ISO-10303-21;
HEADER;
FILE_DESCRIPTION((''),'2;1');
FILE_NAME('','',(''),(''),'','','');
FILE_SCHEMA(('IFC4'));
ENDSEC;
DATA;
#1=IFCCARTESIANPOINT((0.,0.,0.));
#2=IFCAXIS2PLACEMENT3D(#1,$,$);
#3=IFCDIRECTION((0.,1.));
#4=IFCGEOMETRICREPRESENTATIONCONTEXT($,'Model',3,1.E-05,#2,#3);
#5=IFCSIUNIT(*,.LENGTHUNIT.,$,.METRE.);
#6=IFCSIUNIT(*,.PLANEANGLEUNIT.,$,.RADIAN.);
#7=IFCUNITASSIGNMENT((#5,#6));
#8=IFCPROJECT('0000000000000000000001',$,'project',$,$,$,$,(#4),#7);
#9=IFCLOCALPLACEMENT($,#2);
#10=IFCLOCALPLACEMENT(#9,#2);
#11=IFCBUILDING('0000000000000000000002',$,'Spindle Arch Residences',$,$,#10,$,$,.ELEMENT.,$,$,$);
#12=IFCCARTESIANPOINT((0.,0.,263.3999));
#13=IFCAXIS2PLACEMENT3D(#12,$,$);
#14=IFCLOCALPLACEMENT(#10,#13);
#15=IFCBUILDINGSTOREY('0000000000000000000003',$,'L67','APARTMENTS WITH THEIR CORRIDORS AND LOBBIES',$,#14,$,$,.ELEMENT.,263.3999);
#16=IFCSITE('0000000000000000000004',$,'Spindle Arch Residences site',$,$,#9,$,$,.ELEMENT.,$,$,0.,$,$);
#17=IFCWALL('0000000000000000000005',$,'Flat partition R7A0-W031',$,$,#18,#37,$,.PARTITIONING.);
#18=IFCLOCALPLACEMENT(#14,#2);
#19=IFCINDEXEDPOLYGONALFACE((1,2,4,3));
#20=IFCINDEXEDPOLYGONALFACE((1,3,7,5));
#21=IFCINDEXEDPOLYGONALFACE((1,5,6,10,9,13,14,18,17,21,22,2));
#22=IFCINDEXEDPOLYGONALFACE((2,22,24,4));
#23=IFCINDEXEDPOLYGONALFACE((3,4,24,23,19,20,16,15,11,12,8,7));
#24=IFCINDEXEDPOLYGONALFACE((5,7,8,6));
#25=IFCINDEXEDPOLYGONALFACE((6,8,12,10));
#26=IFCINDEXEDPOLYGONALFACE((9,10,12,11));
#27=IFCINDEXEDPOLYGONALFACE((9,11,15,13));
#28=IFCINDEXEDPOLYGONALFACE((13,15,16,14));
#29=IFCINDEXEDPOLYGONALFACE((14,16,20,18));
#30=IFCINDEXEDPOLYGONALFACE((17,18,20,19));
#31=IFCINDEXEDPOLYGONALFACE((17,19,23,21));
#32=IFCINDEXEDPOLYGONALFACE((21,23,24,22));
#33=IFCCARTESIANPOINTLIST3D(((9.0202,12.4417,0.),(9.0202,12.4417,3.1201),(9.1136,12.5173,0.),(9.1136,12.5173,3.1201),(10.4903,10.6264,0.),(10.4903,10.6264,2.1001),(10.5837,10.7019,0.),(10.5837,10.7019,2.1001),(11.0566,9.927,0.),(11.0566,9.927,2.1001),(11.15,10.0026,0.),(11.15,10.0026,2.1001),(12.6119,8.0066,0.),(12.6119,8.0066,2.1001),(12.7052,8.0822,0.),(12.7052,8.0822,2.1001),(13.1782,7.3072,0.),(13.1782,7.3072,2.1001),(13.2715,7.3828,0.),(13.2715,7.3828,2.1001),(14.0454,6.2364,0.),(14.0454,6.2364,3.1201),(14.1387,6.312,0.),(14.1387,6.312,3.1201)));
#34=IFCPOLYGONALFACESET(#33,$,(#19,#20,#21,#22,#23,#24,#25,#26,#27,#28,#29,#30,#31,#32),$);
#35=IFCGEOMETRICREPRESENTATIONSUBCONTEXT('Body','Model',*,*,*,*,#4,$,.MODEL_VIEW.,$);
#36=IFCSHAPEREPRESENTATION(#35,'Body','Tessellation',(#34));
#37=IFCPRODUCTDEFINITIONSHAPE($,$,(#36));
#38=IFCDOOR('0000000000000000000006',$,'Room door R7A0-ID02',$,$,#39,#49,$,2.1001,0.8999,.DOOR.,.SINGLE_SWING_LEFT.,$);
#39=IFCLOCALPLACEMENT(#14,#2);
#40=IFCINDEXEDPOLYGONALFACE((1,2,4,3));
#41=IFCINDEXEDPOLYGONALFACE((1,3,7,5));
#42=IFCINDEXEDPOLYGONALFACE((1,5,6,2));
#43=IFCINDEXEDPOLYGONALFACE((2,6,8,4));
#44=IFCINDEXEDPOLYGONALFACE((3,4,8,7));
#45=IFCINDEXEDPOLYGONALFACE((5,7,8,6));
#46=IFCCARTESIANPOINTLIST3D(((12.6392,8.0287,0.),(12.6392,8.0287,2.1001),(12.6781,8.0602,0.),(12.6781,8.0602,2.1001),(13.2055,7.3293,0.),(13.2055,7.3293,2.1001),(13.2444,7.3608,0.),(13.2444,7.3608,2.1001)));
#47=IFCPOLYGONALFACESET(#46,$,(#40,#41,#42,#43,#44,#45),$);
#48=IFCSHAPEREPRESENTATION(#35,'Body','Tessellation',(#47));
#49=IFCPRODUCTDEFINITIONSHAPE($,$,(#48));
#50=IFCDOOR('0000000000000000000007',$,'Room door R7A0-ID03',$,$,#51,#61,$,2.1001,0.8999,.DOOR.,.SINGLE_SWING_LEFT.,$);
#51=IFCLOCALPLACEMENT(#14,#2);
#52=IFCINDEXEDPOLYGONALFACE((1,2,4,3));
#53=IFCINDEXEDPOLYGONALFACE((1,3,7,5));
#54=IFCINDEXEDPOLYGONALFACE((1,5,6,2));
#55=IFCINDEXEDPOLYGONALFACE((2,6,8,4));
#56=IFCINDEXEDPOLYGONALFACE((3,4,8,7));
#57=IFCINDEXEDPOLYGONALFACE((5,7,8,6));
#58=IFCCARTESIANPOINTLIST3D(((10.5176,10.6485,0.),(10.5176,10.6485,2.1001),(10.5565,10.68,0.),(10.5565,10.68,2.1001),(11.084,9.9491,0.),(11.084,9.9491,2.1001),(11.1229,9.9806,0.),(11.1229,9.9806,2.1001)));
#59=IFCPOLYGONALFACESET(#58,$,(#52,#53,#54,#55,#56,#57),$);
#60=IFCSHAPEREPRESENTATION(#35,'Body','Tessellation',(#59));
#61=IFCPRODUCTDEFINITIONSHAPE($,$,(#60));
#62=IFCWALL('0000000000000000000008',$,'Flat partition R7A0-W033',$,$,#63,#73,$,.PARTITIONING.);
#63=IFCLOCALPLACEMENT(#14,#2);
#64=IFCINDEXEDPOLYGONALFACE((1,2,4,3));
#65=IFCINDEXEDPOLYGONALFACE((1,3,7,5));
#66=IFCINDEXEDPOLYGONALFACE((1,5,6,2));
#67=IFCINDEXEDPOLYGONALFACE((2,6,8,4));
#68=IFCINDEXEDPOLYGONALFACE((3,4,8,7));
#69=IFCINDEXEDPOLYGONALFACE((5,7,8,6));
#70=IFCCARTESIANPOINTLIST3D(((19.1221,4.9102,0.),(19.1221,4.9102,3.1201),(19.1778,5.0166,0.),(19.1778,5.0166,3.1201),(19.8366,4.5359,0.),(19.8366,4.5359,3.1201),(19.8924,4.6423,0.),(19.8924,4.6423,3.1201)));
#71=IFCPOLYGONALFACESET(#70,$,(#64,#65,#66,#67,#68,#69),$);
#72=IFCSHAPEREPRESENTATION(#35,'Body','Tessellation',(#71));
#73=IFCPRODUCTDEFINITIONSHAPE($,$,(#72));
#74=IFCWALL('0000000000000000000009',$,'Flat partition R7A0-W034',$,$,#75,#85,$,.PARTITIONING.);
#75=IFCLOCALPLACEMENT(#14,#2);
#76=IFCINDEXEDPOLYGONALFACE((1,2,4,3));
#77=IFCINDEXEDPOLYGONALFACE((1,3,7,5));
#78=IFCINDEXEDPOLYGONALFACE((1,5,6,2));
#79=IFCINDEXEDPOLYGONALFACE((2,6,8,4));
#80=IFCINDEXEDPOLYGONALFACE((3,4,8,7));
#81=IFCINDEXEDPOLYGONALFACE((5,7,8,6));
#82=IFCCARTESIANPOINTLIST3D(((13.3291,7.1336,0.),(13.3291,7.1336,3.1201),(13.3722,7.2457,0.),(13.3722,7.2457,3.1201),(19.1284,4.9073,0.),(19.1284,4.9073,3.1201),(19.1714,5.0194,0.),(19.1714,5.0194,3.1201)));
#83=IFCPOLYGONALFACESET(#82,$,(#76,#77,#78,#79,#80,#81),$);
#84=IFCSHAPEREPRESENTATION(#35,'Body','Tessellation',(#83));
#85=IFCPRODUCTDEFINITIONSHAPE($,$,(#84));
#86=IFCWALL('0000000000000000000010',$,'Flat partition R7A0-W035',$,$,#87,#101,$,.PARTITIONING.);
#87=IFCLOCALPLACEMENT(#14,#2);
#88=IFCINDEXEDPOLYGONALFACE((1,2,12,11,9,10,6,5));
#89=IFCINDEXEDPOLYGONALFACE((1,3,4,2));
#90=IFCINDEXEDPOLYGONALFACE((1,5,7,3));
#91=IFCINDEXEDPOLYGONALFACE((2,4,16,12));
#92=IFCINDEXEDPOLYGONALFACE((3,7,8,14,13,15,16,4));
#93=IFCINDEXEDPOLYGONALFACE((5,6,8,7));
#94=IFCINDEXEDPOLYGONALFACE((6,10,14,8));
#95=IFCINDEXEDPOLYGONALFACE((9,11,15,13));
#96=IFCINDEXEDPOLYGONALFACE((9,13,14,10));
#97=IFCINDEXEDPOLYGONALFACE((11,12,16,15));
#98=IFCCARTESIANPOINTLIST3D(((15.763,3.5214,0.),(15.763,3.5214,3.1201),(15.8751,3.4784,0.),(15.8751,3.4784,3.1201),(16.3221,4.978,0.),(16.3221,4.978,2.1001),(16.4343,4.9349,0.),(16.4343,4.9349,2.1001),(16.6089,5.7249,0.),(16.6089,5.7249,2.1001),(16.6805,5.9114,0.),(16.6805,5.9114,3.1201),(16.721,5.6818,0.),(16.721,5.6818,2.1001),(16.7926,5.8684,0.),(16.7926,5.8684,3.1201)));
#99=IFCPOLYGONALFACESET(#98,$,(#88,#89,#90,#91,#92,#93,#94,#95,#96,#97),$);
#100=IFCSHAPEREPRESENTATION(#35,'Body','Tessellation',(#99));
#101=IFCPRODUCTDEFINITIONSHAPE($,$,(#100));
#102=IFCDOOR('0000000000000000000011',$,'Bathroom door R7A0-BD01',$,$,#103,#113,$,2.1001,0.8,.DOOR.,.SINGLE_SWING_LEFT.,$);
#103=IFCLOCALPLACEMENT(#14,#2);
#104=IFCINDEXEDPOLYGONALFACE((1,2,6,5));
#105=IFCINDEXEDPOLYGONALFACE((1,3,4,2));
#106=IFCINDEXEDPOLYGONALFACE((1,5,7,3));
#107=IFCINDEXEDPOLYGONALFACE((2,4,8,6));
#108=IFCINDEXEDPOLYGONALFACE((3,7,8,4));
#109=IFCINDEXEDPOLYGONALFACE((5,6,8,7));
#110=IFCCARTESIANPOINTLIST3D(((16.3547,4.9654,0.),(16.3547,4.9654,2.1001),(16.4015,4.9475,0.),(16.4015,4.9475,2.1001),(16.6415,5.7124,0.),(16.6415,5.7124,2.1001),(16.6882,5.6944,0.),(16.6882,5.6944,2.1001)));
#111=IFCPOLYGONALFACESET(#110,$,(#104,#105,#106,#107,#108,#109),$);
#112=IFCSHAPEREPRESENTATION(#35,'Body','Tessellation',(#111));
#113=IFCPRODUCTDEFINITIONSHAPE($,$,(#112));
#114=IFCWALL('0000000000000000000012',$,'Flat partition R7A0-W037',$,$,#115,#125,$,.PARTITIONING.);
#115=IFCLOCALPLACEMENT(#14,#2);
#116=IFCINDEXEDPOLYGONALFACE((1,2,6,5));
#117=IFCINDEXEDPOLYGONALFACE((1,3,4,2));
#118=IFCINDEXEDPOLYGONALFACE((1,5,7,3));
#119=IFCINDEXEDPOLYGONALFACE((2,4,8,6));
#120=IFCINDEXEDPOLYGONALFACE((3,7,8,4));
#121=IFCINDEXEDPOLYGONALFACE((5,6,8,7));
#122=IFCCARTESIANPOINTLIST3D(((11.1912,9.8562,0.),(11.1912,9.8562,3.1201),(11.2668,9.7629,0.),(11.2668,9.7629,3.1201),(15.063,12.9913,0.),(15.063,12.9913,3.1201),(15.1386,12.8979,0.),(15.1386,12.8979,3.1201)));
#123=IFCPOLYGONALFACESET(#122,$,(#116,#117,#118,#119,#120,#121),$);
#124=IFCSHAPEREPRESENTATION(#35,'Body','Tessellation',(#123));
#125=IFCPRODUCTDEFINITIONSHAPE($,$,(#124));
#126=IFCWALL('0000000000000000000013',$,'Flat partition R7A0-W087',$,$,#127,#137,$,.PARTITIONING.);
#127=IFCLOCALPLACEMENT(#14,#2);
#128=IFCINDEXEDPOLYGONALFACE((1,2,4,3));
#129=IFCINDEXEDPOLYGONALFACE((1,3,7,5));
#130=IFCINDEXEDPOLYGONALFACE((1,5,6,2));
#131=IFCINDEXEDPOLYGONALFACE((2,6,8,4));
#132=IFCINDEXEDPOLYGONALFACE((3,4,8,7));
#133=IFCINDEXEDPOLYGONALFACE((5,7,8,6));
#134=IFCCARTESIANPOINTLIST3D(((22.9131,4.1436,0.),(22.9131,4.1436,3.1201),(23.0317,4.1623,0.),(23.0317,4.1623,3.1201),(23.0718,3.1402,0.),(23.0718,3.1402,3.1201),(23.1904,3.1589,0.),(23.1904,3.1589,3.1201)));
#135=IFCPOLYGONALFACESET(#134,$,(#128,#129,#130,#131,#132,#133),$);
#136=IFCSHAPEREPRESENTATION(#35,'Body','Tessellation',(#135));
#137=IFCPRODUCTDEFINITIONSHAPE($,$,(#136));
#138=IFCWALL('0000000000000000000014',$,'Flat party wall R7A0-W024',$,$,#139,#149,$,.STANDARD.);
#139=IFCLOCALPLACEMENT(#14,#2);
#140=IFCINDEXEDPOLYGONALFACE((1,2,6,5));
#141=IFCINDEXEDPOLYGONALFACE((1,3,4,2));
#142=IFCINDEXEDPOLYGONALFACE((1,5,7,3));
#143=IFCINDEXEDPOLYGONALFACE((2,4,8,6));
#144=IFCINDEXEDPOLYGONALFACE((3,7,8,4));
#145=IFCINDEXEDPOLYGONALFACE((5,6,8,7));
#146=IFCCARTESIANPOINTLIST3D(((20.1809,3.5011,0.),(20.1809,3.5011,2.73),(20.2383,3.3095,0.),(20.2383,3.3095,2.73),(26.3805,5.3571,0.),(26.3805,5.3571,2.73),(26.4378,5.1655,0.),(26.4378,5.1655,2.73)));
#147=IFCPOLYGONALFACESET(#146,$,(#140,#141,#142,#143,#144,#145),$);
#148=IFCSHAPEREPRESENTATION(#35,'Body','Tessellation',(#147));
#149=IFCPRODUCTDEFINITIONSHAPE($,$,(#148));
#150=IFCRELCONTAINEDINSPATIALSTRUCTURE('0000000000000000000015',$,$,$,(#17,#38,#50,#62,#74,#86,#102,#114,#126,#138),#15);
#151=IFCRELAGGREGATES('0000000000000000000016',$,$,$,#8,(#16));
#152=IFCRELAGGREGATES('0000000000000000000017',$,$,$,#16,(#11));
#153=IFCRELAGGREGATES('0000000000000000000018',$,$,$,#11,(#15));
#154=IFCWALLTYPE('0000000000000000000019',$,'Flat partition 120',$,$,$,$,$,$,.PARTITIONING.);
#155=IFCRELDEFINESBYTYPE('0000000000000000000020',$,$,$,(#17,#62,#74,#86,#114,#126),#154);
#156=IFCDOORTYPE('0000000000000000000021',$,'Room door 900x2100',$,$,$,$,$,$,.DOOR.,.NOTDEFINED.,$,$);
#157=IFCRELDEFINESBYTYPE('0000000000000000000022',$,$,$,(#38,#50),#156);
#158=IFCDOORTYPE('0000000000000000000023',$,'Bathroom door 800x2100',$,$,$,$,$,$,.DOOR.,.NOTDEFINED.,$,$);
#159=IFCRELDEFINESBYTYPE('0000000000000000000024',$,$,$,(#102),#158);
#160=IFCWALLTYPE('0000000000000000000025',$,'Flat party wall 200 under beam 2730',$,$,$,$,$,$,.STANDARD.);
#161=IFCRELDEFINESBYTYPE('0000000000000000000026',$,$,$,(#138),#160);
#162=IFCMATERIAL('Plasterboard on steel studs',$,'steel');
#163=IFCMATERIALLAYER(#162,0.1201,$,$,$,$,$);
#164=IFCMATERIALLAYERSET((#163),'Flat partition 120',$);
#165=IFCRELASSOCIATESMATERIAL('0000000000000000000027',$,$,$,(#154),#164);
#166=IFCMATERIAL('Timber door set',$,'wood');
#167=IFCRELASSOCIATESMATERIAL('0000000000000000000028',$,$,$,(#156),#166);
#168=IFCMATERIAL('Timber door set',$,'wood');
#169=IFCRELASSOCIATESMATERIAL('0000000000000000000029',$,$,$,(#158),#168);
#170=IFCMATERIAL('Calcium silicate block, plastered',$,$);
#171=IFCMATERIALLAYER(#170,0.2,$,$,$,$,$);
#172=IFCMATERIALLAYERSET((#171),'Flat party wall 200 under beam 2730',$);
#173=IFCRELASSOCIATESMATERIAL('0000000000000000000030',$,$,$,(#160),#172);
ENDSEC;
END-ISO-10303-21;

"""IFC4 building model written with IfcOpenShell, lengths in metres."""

from ifc_helpers import new_model, si_unit, direction, frame, frame_2d, origin, place, context, subcontext, project, spatial, rectangle, extrude, material, layer, layer_set, type_object, element, fill, save


model = new_model("IFC4")

# Units and contexts
model_context = context("Model", 3, precision=1e-05, world=origin(), true_north=direction((0.0, 1.0)))
body_context = subcontext(model_context, "Body", "Model", "MODEL_VIEW")
ifc_project = project(units=[si_unit("LENGTHUNIT", "METRE"), si_unit("PLANEANGLEUNIT", "RADIAN")], contexts=[model_context])

# Site, building, storey
site_placement = place(None, origin())
site = spatial("IfcSite", under=ifc_project, at=site_placement, Name="Spindle Arch Residences site", CompositionType="ELEMENT", RefElevation=0.0)
building_placement = place(site_placement, origin())
building = spatial("IfcBuilding", under=site, at=building_placement, Name="Spindle Arch Residences", CompositionType="ELEMENT")
storey_placement = place(building_placement, frame((0.0, 0.0, 263.3999)))
storey = spatial("IfcBuildingStorey", under=building, at=storey_placement, Name="L67", Description="APARTMENTS WITH THEIR CORRIDORS AND LOBBIES", CompositionType="ELEMENT", Elevation=263.3999)

# Shared definitions
ifc_material_1 = material(Name="Plasterboard on steel studs", Category="steel")
ifc_layer_1 = layer(ifc_material_1, 0.1201)
ifc_layer_set_1 = layer_set([ifc_layer_1], Name="Flat partition 120")
wall_type_1 = type_object("IfcWallType", Name="Flat partition 120", PredefinedType="PARTITIONING", material=ifc_layer_set_1)
ifc_material_2 = material(Name="Timber door set", Category="wood")
door_type_1 = type_object("IfcDoorType", Name="Room door 900x2100", OperationType="NOTDEFINED", PredefinedType="DOOR", material=ifc_material_2)

# Wall, openings, doors
wall_1_placement = place(storey_placement, frame((14.092, 6.2742, 0.0), z_axis=(0.0, 0.0, 1.0), x_axis=(-0.629334, 0.777135, 0.0)))
wall_1 = element("IfcWall", 1, at=wall_1_placement, inside=storey, type_object=wall_type_1, Name="Flat partition R7A0-W031", PredefinedType="PARTITIONING", context=body_context, shape_type="SweptSolid", body=[
    extrude(rectangle(XDim=7.9849, YDim=0.1201, at=frame_2d((3.9924, 0.0))), origin(), (0.0, 0.0, 1.0), 3.1201),
])
opening_1_placement = place(wall_1_placement, frame((1.3779, 0.0, 0.0)))
opening_1 = element("IfcOpeningElement", 2, at=opening_1_placement, cuts=wall_1, PredefinedType="OPENING", context=body_context, shape_type="SweptSolid", body=[
    extrude(rectangle(XDim=0.8999, YDim=2.1001, at=frame_2d((0.45, 1.05))), frame((0.0, 0.0701, 0.0), z_axis=(0.0, -1.0, 0.0), x_axis=(1.0, 0.0, 0.0)), (0.0, 0.0, 1.0), 0.1401),
])
opening_2_placement = place(wall_1_placement, frame((4.749, 0.0, 0.0)))
opening_2 = element("IfcOpeningElement", 3, at=opening_2_placement, cuts=wall_1, PredefinedType="OPENING", context=body_context, shape_type="SweptSolid", body=[
    extrude(rectangle(XDim=0.8999, YDim=2.1001, at=frame_2d((0.45, 1.05))), frame((0.0, 0.0701, 0.0), z_axis=(0.0, -1.0, 0.0), x_axis=(1.0, 0.0, 0.0)), (0.0, 0.0, 1.0), 0.1401),
])
door_1_placement = place(opening_1_placement, origin())
door_1 = element("IfcDoor", 4, at=door_1_placement, inside=storey, type_object=door_type_1, Name="Room door R7A0-ID02", OperationType="SINGLE_SWING_LEFT", OverallHeight=2.1001, OverallWidth=0.8999, PredefinedType="DOOR", context=body_context, shape_type="SweptSolid", body=[
    extrude(rectangle(XDim=0.8999, YDim=2.1001, at=frame_2d((0.45, 1.05))), frame((0.0, 0.0249, 0.0), z_axis=(0.0, -1.0, 0.0), x_axis=(1.0, 0.0, 0.0)), (0.0, 0.0, 1.0), 0.05),
])
fill(opening_1, door_1)
door_2_placement = place(opening_2_placement, origin())
door_2 = element("IfcDoor", 5, at=door_2_placement, inside=storey, type_object=door_type_1, Name="Room door R7A0-ID03", OperationType="SINGLE_SWING_LEFT", OverallHeight=2.1001, OverallWidth=0.8999, PredefinedType="DOOR", context=body_context, shape_type="SweptSolid", body=[
    extrude(rectangle(XDim=0.8999, YDim=2.1001, at=frame_2d((0.45, 1.05))), frame((0.0, 0.0249, 0.0), z_axis=(0.0, -1.0, 0.0), x_axis=(1.0, 0.0, 0.0)), (0.0, 0.0, 1.0), 0.05),
])
fill(opening_2, door_2)

# Walls
wall_2_placement = place(storey_placement, frame((19.8645, 4.5891, 0.0), z_axis=(0.0, 0.0, 1.0), x_axis=(-0.885855, 0.463962, 0.0)))
element("IfcWall", 6, at=wall_2_placement, inside=storey, type_object=wall_type_1, Name="Flat partition R7A0-W033", PredefinedType="PARTITIONING", context=body_context, shape_type="SweptSolid", body=[
    extrude(rectangle(XDim=0.8066, YDim=0.1201, at=frame_2d((0.4033, 0.0))), origin(), (0.0, 0.0, 1.0), 3.1201),
])
wall_3_placement = place(storey_placement, frame((19.1499, 4.9634, 0.0), z_axis=(0.0, 0.0, 1.0), x_axis=(-0.933571, 0.358392, 0.0)))
element("IfcWall", 7, at=wall_3_placement, inside=storey, type_object=wall_type_1, Name="Flat partition R7A0-W034", PredefinedType="PARTITIONING", context=body_context, shape_type="SweptSolid", body=[
    extrude(rectangle(XDim=6.2119, YDim=0.1201, at=frame_2d((3.106, 0.0))), origin(), (0.0, 0.0, 1.0), 3.1201),
])

# Wall, opening, door
wall_4_placement = place(storey_placement, frame((16.7366, 5.8899, 0.0), z_axis=(0.0, 0.0, 1.0), x_axis=(-0.358397, -0.933569, 0.0)))
wall_4 = element("IfcWall", 8, at=wall_4_placement, inside=storey, type_object=wall_type_1, Name="Flat partition R7A0-W035", PredefinedType="PARTITIONING", context=body_context, shape_type="SweptSolid", body=[
    extrude(rectangle(XDim=2.5601, YDim=0.1201, at=frame_2d((1.28, 0.0))), origin(), (0.0, 0.0, 1.0), 3.1201),
])
opening_3_placement = place(wall_4_placement, frame((0.2, 0.0, 0.0)))
opening_3 = element("IfcOpeningElement", 9, at=opening_3_placement, cuts=wall_4, PredefinedType="OPENING", context=body_context, shape_type="SweptSolid", body=[
    extrude(rectangle(XDim=0.8, YDim=2.1001, at=frame_2d((0.3999, 1.05))), frame((0.0, 0.0701, 0.0), z_axis=(0.0, -1.0, 0.0), x_axis=(1.0, 0.0, 0.0)), (0.0, 0.0, 1.0), 0.1401),
])
ifc_material_3 = material(Name="Timber door set", Category="wood")
door_type_2 = type_object("IfcDoorType", Name="Bathroom door 800x2100", OperationType="NOTDEFINED", PredefinedType="DOOR", material=ifc_material_3)
door_3_placement = place(opening_3_placement, origin())
door_3 = element("IfcDoor", 10, at=door_3_placement, inside=storey, type_object=door_type_2, Name="Bathroom door R7A0-BD01", OperationType="SINGLE_SWING_LEFT", OverallHeight=2.1001, OverallWidth=0.8, PredefinedType="DOOR", context=body_context, shape_type="SweptSolid", body=[
    extrude(rectangle(XDim=0.8, YDim=2.1001, at=frame_2d((0.3999, 1.05))), frame((0.0, 0.0249, 0.0), z_axis=(0.0, -1.0, 0.0), x_axis=(1.0, 0.0, 0.0)), (0.0, 0.0, 1.0), 0.05),
])
fill(opening_3, door_3)

# Walls
wall_5_placement = place(storey_placement, frame((15.1008, 12.9446, 0.0), z_axis=(0.0, 0.0, 1.0), x_axis=(-0.777179, -0.62928, 0.0)))
element("IfcWall", 11, at=wall_5_placement, inside=storey, type_object=wall_type_1, Name="Flat partition R7A0-W037", PredefinedType="PARTITIONING", context=body_context, shape_type="SweptSolid", body=[
    extrude(rectangle(XDim=4.9819, YDim=0.1201, at=frame_2d((2.491, 0.0))), origin(), (0.0, 0.0, 1.0), 3.1201),
])
wall_6_placement = place(storey_placement, frame((22.9724, 4.1528, 0.0), z_axis=(0.0, 0.0, 1.0), x_axis=(0.156209, -0.987724, 0.0)))
element("IfcWall", 12, at=wall_6_placement, inside=storey, type_object=wall_type_1, Name="Flat partition R7A0-W087", PredefinedType="PARTITIONING", context=body_context, shape_type="SweptSolid", body=[
    extrude(rectangle(XDim=1.0159, YDim=0.1201, at=frame_2d((0.5078, 0.0))), origin(), (0.0, 0.0, 1.0), 3.1201),
])
ifc_material_4 = material(Name="Calcium silicate block, plastered")
ifc_layer_2 = layer(ifc_material_4, 0.2)
ifc_layer_set_2 = layer_set([ifc_layer_2], Name="Flat party wall 200 under beam 2730")
wall_type_2 = type_object("IfcWallType", Name="Flat party wall 200 under beam 2730", PredefinedType="STANDARD", material=ifc_layer_set_2)
wall_7_placement = place(storey_placement, frame((20.2095, 3.4053, 0.0), z_axis=(0.0, 0.0, 1.0), x_axis=(0.957991, 0.286798, 0.0)))
element("IfcWall", 13, at=wall_7_placement, inside=storey, type_object=wall_type_2, Name="Flat party wall R7A0-W024", PredefinedType="STANDARD", context=body_context, shape_type="SweptSolid", body=[
    extrude(rectangle(XDim=6.4714, YDim=0.2, at=frame_2d((3.2358, 0.0))), origin(), (0.0, 0.0, 1.0), 2.73),
])

save(model, "model.ifc")
